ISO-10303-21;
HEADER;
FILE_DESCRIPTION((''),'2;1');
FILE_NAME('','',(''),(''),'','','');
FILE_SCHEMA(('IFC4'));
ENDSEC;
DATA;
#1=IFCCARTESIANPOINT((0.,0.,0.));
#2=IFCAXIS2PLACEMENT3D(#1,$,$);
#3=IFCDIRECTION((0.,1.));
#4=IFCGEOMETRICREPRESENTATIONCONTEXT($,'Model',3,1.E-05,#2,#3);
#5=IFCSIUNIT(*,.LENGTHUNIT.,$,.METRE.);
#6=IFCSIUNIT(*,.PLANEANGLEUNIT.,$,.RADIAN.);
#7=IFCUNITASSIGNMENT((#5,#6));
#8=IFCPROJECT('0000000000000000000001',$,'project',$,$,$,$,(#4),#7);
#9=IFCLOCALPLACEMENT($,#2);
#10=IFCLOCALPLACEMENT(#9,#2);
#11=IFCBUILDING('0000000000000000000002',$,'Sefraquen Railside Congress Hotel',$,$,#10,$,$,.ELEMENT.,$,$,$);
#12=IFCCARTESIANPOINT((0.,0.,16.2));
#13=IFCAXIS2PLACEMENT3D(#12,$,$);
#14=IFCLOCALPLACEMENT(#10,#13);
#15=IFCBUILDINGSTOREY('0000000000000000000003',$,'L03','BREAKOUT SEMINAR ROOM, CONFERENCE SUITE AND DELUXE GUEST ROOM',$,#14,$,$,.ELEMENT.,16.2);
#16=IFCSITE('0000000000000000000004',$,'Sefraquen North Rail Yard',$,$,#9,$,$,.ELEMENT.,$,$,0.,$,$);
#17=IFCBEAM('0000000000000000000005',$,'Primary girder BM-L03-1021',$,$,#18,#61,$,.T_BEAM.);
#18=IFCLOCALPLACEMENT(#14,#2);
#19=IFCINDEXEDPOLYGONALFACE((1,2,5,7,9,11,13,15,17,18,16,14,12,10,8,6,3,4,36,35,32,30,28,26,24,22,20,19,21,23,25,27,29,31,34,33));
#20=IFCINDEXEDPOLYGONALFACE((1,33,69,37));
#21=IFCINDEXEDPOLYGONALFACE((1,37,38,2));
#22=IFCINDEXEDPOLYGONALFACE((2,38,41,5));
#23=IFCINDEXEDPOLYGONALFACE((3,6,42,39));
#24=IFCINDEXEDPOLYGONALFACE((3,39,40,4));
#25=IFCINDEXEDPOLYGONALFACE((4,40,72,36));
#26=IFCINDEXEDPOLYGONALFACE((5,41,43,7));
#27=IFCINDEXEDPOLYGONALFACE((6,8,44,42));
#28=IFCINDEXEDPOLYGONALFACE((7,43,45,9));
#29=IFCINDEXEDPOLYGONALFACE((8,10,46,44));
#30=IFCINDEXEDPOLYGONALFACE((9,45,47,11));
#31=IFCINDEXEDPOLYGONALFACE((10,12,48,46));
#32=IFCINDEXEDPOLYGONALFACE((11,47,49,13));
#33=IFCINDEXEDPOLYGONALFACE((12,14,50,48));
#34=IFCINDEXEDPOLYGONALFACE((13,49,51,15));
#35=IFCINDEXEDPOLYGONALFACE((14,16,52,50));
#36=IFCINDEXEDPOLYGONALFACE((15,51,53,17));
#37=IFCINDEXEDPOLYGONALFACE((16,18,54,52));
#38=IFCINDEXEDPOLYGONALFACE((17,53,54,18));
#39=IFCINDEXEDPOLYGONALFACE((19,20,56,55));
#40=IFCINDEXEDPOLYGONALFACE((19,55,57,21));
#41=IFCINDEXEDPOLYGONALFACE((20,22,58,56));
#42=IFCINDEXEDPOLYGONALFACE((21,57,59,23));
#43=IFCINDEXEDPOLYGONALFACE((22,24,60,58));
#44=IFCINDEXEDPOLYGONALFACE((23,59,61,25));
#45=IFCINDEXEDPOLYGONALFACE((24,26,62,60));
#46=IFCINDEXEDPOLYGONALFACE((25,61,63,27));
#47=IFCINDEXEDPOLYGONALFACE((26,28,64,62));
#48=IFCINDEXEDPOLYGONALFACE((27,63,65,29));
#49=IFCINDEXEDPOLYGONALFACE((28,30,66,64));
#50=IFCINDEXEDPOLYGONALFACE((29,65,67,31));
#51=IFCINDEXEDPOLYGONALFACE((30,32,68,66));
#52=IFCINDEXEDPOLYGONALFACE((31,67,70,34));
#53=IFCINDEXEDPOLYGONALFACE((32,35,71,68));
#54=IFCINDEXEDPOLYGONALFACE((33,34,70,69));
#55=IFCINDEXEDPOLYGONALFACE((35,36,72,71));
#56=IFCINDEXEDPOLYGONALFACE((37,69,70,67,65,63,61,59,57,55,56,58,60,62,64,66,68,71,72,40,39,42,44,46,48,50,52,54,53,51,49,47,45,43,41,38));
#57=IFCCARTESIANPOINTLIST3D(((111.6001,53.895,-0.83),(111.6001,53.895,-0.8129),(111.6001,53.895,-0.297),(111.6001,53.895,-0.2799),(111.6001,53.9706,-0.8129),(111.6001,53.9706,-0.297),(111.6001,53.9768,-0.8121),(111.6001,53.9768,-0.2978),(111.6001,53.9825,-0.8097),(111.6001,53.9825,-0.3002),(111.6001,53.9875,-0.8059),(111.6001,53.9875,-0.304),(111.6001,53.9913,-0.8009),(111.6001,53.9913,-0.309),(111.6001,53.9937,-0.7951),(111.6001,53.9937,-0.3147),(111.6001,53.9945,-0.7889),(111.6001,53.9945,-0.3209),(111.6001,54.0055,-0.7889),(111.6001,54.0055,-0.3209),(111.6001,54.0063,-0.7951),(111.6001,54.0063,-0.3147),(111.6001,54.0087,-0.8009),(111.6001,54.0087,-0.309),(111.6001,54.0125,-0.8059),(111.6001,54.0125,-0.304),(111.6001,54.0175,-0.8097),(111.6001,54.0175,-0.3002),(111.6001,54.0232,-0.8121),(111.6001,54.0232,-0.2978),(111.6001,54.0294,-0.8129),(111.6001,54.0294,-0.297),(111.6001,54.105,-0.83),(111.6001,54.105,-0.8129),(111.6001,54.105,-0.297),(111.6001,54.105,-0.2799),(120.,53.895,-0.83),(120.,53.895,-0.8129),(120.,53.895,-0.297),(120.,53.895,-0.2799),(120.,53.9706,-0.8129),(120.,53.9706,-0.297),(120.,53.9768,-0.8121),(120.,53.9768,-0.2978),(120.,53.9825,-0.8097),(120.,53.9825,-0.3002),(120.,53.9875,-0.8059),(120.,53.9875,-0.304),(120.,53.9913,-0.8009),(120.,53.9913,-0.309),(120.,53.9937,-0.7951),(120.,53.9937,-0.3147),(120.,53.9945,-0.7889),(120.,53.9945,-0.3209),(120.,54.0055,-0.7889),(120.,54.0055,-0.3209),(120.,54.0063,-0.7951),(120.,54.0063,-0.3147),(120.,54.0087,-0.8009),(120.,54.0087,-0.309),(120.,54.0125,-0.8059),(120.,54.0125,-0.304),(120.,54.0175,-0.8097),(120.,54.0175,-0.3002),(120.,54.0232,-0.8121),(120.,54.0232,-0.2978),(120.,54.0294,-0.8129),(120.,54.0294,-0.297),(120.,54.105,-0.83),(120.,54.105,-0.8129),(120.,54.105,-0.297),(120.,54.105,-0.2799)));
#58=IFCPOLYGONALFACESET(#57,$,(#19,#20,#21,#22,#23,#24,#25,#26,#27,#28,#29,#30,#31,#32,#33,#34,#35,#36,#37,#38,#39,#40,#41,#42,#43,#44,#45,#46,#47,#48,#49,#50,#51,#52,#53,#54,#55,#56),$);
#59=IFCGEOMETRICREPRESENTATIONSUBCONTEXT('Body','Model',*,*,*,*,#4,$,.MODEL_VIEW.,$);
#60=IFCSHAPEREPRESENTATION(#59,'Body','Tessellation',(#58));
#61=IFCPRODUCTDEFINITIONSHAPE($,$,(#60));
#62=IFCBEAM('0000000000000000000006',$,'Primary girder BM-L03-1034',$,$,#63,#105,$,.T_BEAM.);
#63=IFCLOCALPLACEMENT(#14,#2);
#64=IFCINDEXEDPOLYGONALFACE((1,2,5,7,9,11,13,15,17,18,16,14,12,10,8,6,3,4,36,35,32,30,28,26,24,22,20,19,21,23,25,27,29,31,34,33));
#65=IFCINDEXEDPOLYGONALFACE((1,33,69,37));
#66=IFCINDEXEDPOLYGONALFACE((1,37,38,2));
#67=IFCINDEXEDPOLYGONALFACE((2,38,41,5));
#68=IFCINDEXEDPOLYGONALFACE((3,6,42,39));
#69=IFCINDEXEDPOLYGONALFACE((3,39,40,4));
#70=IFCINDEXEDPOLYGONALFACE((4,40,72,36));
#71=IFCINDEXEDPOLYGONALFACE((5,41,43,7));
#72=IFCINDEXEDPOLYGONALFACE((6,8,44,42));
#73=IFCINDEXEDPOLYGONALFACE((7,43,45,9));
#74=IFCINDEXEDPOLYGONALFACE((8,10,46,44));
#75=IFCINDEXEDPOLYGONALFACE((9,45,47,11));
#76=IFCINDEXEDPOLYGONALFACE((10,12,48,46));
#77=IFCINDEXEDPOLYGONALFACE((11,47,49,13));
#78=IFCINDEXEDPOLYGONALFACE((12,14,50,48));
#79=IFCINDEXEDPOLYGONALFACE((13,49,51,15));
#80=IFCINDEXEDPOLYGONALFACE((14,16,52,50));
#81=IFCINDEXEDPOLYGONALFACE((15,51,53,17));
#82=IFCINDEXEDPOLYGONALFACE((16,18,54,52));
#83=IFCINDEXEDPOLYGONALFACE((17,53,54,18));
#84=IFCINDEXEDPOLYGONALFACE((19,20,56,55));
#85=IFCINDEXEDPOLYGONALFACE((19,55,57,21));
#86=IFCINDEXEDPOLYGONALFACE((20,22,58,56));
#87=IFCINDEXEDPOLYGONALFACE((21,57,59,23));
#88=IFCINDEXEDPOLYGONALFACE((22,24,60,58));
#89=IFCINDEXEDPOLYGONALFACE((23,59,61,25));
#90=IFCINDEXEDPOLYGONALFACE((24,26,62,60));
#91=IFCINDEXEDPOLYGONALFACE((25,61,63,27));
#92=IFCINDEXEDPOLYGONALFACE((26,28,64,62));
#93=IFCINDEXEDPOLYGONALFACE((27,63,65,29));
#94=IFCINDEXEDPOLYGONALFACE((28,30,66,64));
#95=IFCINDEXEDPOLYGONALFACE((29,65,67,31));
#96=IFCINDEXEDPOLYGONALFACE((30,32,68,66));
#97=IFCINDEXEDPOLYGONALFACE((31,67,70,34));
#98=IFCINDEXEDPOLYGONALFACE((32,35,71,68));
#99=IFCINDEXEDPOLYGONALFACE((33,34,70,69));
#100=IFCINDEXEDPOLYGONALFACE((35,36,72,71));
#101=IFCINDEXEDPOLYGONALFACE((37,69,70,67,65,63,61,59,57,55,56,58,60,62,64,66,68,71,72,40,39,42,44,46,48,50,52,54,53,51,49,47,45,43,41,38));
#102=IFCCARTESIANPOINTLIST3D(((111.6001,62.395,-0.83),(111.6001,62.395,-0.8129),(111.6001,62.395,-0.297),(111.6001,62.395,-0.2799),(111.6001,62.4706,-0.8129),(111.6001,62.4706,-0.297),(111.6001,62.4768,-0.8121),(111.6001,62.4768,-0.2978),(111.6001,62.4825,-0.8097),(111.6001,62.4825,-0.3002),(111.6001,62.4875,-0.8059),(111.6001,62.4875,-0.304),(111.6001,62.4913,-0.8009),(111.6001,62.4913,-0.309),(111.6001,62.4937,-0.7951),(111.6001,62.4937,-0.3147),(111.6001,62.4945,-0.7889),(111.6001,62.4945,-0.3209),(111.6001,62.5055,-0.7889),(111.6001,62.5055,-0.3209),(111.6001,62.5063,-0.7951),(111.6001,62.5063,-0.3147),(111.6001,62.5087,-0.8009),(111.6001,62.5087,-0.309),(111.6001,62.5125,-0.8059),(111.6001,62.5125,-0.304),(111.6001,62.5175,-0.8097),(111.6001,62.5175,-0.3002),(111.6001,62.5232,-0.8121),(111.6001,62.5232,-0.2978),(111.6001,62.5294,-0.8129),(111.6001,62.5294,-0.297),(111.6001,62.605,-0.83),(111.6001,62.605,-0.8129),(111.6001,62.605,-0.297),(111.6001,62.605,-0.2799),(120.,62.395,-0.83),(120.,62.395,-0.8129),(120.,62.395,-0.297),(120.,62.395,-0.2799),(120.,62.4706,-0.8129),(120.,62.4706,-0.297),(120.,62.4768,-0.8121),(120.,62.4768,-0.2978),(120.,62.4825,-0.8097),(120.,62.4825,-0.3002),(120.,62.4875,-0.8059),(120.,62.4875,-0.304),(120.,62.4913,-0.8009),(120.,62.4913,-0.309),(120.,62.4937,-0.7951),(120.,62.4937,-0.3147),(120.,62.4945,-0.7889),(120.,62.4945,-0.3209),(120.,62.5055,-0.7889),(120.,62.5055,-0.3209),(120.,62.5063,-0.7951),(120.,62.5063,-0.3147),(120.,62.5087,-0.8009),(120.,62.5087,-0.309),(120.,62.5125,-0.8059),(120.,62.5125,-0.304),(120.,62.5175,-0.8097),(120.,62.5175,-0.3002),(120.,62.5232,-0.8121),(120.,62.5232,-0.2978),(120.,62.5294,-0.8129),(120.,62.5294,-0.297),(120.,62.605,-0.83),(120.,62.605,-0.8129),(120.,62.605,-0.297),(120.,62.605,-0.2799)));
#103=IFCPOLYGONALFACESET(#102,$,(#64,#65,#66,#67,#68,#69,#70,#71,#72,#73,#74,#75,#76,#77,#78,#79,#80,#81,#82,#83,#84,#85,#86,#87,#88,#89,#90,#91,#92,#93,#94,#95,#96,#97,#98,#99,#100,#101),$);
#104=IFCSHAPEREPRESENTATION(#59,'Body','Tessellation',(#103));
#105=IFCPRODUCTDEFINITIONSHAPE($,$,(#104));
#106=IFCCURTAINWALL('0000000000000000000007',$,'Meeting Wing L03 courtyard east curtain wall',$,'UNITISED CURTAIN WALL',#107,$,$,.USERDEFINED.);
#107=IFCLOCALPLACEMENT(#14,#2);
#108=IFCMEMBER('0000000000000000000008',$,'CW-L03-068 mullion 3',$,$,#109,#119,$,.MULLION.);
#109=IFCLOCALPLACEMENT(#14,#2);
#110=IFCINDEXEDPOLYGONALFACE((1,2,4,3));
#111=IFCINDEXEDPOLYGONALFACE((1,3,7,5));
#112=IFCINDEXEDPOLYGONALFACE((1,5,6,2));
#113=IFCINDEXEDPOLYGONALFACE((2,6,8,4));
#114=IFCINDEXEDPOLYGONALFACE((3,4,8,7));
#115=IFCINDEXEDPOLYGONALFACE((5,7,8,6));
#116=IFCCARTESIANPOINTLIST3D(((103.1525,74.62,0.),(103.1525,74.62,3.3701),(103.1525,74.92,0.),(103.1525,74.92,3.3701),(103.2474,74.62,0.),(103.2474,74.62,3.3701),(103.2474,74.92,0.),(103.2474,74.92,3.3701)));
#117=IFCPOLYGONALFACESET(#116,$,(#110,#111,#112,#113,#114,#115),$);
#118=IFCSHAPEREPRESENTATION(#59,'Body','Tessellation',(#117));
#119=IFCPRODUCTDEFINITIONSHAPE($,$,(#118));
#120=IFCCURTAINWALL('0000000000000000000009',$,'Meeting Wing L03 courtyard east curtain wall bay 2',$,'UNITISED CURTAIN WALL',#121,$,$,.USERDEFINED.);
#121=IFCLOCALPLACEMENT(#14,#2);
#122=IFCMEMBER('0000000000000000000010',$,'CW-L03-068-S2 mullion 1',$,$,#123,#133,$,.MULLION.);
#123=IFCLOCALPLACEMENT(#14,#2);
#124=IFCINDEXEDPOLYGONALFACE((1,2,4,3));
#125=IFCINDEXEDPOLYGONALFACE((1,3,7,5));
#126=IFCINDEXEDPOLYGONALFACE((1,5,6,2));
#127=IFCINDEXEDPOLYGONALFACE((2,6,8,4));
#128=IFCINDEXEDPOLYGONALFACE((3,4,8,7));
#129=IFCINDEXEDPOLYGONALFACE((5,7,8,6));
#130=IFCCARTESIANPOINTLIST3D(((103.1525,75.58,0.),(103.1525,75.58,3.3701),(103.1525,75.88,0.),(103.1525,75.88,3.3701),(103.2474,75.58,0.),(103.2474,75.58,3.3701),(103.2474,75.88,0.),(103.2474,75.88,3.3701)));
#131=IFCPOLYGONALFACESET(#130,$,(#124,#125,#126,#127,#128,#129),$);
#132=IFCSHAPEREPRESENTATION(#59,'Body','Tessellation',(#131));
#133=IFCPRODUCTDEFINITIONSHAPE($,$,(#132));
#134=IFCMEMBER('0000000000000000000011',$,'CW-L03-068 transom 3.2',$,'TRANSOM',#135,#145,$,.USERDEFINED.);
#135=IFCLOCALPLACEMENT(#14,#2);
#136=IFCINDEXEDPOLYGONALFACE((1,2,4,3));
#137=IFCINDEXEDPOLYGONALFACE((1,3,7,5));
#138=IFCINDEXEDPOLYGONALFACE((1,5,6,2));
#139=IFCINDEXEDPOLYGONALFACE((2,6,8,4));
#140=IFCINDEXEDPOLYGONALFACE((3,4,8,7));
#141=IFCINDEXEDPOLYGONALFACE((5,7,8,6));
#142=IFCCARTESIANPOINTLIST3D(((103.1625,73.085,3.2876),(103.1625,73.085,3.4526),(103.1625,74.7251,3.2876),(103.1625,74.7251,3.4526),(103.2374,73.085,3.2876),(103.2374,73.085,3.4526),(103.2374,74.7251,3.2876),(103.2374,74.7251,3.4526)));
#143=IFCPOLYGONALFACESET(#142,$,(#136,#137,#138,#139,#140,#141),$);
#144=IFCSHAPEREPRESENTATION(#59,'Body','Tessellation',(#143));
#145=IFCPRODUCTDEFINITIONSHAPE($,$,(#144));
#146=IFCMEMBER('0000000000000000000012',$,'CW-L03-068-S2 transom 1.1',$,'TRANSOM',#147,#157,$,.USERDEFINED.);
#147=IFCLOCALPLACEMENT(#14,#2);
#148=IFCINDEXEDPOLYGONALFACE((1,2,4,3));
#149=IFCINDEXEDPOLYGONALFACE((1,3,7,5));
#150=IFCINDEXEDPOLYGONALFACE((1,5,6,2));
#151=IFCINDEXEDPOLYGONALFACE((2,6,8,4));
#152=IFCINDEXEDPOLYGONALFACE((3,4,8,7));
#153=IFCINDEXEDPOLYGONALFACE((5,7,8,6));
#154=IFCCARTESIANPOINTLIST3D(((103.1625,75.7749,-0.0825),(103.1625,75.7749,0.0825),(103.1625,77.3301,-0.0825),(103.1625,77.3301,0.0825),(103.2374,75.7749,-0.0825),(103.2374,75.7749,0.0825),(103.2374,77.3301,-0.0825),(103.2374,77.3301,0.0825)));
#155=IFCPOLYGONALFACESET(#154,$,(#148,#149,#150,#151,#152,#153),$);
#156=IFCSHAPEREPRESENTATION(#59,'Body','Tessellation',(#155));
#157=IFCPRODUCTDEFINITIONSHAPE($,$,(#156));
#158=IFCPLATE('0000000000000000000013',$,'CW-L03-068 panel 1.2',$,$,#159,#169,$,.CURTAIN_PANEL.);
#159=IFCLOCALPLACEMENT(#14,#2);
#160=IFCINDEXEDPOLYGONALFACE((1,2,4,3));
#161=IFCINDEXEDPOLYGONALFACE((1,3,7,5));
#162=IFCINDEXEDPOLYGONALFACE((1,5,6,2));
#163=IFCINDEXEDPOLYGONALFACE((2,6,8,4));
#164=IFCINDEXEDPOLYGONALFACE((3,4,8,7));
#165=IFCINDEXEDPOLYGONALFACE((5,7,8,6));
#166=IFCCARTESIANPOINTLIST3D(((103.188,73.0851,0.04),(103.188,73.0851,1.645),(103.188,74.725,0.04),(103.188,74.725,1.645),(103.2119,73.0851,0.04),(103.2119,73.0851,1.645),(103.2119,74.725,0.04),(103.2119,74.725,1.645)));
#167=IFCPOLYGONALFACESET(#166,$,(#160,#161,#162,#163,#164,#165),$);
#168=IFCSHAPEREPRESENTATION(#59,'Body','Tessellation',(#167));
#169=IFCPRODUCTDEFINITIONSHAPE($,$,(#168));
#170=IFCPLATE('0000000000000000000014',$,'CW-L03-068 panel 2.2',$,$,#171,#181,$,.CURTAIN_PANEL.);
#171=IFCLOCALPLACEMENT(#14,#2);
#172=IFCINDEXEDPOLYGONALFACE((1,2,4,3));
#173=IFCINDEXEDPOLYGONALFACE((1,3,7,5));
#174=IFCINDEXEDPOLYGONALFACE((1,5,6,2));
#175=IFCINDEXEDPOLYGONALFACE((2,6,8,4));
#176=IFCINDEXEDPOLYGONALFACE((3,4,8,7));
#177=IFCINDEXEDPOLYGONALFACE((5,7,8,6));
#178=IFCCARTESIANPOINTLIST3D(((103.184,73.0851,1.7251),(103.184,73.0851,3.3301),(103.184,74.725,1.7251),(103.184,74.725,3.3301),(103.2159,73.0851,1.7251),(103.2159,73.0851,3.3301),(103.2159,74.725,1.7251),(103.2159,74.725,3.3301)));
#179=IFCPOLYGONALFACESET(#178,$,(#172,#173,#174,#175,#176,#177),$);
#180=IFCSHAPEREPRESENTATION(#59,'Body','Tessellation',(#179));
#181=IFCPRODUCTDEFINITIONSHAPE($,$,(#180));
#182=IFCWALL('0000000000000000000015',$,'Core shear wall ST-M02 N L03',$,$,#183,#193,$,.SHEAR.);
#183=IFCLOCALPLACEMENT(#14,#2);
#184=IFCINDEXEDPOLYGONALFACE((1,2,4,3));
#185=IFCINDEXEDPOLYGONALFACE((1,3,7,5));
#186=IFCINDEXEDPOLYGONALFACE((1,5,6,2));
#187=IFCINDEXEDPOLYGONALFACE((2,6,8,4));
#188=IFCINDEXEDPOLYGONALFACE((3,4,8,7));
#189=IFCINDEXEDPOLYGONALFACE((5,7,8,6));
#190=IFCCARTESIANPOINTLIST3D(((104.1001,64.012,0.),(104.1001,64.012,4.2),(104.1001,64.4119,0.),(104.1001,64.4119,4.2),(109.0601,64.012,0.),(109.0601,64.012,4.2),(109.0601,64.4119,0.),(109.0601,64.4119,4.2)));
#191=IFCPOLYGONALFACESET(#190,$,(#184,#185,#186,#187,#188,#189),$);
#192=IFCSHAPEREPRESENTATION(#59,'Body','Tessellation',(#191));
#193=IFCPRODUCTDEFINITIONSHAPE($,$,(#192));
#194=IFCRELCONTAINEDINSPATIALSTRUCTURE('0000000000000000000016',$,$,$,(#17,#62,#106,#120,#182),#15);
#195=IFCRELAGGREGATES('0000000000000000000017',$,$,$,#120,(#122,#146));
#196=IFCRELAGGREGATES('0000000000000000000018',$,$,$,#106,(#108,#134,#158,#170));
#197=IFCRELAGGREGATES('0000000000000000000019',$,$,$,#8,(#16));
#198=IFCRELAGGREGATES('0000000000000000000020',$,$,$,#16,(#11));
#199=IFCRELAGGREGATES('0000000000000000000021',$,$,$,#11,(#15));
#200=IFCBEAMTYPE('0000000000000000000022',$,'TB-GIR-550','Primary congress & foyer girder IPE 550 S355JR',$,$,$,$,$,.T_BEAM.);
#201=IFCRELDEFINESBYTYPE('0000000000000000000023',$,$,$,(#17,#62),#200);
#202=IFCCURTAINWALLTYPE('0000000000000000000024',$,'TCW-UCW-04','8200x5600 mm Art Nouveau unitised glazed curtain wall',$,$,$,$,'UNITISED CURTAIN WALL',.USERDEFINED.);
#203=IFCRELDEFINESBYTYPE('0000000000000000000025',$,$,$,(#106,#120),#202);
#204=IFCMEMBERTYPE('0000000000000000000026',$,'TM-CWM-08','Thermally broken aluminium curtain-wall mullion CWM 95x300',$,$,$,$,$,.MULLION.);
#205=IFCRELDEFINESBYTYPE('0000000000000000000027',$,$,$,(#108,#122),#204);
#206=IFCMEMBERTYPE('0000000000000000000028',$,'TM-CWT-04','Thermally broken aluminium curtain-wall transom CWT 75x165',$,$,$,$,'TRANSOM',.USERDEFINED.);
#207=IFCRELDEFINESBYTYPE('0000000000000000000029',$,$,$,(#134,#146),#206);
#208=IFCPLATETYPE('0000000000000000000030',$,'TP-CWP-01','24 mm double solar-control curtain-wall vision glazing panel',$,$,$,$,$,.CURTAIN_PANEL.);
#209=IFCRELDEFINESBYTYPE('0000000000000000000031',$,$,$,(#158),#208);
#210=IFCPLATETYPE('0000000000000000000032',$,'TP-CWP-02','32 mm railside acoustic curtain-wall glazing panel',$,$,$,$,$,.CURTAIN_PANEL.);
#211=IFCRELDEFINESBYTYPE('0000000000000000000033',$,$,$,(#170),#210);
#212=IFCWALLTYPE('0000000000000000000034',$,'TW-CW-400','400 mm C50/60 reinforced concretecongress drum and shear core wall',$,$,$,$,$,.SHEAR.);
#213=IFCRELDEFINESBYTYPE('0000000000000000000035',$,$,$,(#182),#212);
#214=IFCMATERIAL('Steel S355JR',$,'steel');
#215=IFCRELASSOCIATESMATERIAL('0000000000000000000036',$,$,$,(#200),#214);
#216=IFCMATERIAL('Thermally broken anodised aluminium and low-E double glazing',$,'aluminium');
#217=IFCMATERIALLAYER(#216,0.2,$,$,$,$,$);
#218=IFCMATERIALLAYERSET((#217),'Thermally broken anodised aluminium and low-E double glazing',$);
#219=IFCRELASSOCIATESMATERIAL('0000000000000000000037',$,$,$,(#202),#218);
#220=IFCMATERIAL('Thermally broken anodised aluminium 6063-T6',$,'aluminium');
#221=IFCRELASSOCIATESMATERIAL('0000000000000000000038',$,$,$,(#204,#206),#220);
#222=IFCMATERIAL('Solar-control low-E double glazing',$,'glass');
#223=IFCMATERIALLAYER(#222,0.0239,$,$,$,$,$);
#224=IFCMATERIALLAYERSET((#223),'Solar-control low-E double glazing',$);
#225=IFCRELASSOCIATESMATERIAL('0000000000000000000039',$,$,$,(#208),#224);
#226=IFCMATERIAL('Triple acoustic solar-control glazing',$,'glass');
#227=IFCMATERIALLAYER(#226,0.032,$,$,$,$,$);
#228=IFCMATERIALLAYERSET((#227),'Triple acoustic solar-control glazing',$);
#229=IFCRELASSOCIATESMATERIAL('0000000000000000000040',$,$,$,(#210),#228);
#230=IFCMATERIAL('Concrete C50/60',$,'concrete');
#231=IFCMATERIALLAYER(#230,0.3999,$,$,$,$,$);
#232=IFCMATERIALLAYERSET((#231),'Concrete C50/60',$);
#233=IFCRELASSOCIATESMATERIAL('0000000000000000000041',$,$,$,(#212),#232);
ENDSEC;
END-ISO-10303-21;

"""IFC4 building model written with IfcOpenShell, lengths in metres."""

from ifc_helpers import new_model, si_unit, direction, frame, frame_2d, origin, origin_2d, place, context, subcontext, project, spatial, rectangle, i_section, extrude, material, layer, layer_set, material_profile, profile_set, type_object, element, aggregate, save


model = new_model("IFC4")

# Units and contexts
model_context = context("Model", 3, precision=1e-05, world=origin(), true_north=direction((0.0, 1.0)))
body_context = subcontext(model_context, "Body", "Model", "MODEL_VIEW")
ifc_project = project(units=[si_unit("LENGTHUNIT", "METRE"), si_unit("PLANEANGLEUNIT", "RADIAN")], contexts=[model_context])

# Site, building, storey
site_placement = place(None, origin())
site = spatial("IfcSite", under=ifc_project, at=site_placement, Name="Sefraquen North Rail Yard", CompositionType="ELEMENT", RefElevation=0.0)
building_placement = place(site_placement, origin())
building = spatial("IfcBuilding", under=site, at=building_placement, Name="Sefraquen Railside Congress Hotel", CompositionType="ELEMENT")
storey_placement = place(building_placement, frame((0.0, 0.0, 16.2)))
storey = spatial("IfcBuildingStorey", under=building, at=storey_placement, Name="L03", Description="BREAKOUT SEMINAR ROOM, CONFERENCE SUITE AND DELUXE GUEST ROOM", CompositionType="ELEMENT", Elevation=16.2)

# Shared definitions
ifc_material_1 = material(Name="Steel S355JR", Category="steel")
ifc_material_2 = material(Name="Concrete C50/60", Category="concrete")

# Beams
ifc_material_profile_1 = material_profile(ifc_material_1, i_section(OverallWidth=0.21, OverallDepth=0.55, WebThickness=0.011, FlangeThickness=0.0171, FilletRadius=0.0239, at=origin_2d()), Name="IPE 550")
ifc_profile_set_1 = profile_set([ifc_material_profile_1], Name="Steel S355JR")
beam_type_1 = type_object("IfcBeamType", Name="TB-GIR-550", Description="Primary congress & foyer girder IPE 550 S355JR", PredefinedType="T_BEAM", material=ifc_profile_set_1)
for number, where, z_axis, x_axis, name in (
    (1, (111.6001, 54.0, -0.5549), (1.0, 0.0, 0.0), (0.0, 1.0, 0.0), "Primary girder BM-L03-1021"),
    (2, (111.6001, 62.5, -0.5549), (1.0, 0.0, 0.0), (0.0, 1.0, 0.0), "Primary girder BM-L03-1034"),
):
    element("IfcBeam", number, at=place(storey_placement, frame(where, z_axis=z_axis, x_axis=x_axis)), inside=storey, type_object=beam_type_1, Name=name, PredefinedType="T_BEAM", context=body_context, shape_type="SweptSolid", body=[
        extrude(i_section(OverallWidth=0.21, OverallDepth=0.55, WebThickness=0.011, FlangeThickness=0.0171, FilletRadius=0.0239, at=origin_2d()), origin(), (0.0, 0.0, 1.0), 8.3999),
    ])

# Curtain walls, members
ifc_material_3 = material(Name="Thermally broken anodised aluminium and low-E double glazing", Category="aluminium")
ifc_layer_1 = layer(ifc_material_3, 0.2)
ifc_layer_set_1 = layer_set([ifc_layer_1], Name="Thermally broken anodised aluminium and low-E double glazing")
curtain_wall_type = type_object("IfcCurtainWallType", Name="TCW-UCW-04", Description="8200x5600 mm Art Nouveau unitised glazed curtain wall", ElementType="UNITISED CURTAIN WALL", PredefinedType="USERDEFINED", material=ifc_layer_set_1)
curtain_wall_1_placement = place(storey_placement, origin())
curtain_wall_1 = element("IfcCurtainWall", 3, at=curtain_wall_1_placement, inside=storey, type_object=curtain_wall_type, Name="Meeting Wing L03 courtyard east curtain wall", ObjectType="UNITISED CURTAIN WALL", PredefinedType="USERDEFINED")
ifc_material_4 = material(Name="Thermally broken anodised aluminium 6063-T6", Category="aluminium")
ifc_material_profile_2 = material_profile(ifc_material_4, rectangle(XDim=0.095, YDim=0.3, at=origin_2d()), Name="CWM 95x300")
ifc_profile_set_2 = profile_set([ifc_material_profile_2], Name="Thermally broken anodised aluminium 6063-T6")
member_type_1 = type_object("IfcMemberType", Name="TM-CWM-08", Description="Thermally broken aluminium curtain-wall mullion CWM 95x300", PredefinedType="MULLION", material=ifc_profile_set_2)
member_1_placement = place(storey_placement, frame((103.2, 74.77, 0.0), z_axis=(0.0, 0.0, 1.0), x_axis=(1.0, 0.0, 0.0)))
member_1 = element("IfcMember", 4, at=member_1_placement, type_object=member_type_1, Name="CW-L03-068 mullion 3", PredefinedType="MULLION", context=body_context, shape_type="SweptSolid", body=[
    extrude(rectangle(XDim=0.095, YDim=0.3, at=origin_2d()), origin(), (0.0, 0.0, 1.0), 3.3701),
])
curtain_wall_2_placement = place(storey_placement, origin())
curtain_wall_2 = element("IfcCurtainWall", 5, at=curtain_wall_2_placement, inside=storey, type_object=curtain_wall_type, Name="Meeting Wing L03 courtyard east curtain wall bay 2", ObjectType="UNITISED CURTAIN WALL", PredefinedType="USERDEFINED")
member_2_placement = place(storey_placement, frame((103.2, 75.73, 0.0), z_axis=(0.0, 0.0, 1.0), x_axis=(1.0, 0.0, 0.0)))
member_2 = element("IfcMember", 6, at=member_2_placement, type_object=member_type_1, Name="CW-L03-068-S2 mullion 1", PredefinedType="MULLION", context=body_context, shape_type="SweptSolid", body=[
    extrude(rectangle(XDim=0.095, YDim=0.3, at=origin_2d()), origin(), (0.0, 0.0, 1.0), 3.3701),
])

# Members
ifc_material_profile_3 = material_profile(ifc_material_4, rectangle(XDim=0.075, YDim=0.165, at=origin_2d()), Name="CWT 75x165")
ifc_profile_set_3 = profile_set([ifc_material_profile_3], Name="Thermally broken anodised aluminium 6063-T6")
member_type_2 = type_object("IfcMemberType", Name="TM-CWT-04", Description="Thermally broken aluminium curtain-wall transom CWT 75x165", ElementType="TRANSOM", PredefinedType="USERDEFINED", material=ifc_profile_set_3)
member_3_placement = place(storey_placement, frame((103.2, 73.085, 3.3701), z_axis=(0.0, 1.0, 0.0), x_axis=(-1.0, 0.0, 0.0)))
member_3 = element("IfcMember", 7, at=member_3_placement, type_object=member_type_2, Name="CW-L03-068 transom 3.2", ObjectType="TRANSOM", PredefinedType="USERDEFINED", context=body_context, shape_type="SweptSolid", body=[
    extrude(rectangle(XDim=0.075, YDim=0.165, at=origin_2d()), origin(), (0.0, 0.0, 1.0), 1.6401),
])
member_4_placement = place(storey_placement, frame((103.2, 75.7749, 0.0), z_axis=(0.0, 1.0, 0.0), x_axis=(-1.0, 0.0, 0.0)))
member_4 = element("IfcMember", 8, at=member_4_placement, type_object=member_type_2, Name="CW-L03-068-S2 transom 1.1", ObjectType="TRANSOM", PredefinedType="USERDEFINED", context=body_context, shape_type="SweptSolid", body=[
    extrude(rectangle(XDim=0.075, YDim=0.165, at=origin_2d()), origin(), (0.0, 0.0, 1.0), 1.5552),
])
aggregate(curtain_wall_2, [member_2, member_4])

# Plates
ifc_material_5 = material(Name="Solar-control low-E double glazing", Category="glass")
ifc_layer_2 = layer(ifc_material_5, 0.0239)
ifc_layer_set_2 = layer_set([ifc_layer_2], Name="Solar-control low-E double glazing")
plate_type_1 = type_object("IfcPlateType", Name="TP-CWP-01", Description="24 mm double solar-control curtain-wall vision glazing panel", PredefinedType="CURTAIN_PANEL", material=ifc_layer_set_2)
plate_1_placement = place(storey_placement, frame((103.2, 73.905, 0.04), z_axis=(0.0, 0.0, 1.0), x_axis=(0.0, 1.0, 0.0)))
plate_1 = element("IfcPlate", 9, at=plate_1_placement, type_object=plate_type_1, Name="CW-L03-068 panel 1.2", PredefinedType="CURTAIN_PANEL", context=body_context, shape_type="SweptSolid", body=[
    extrude(rectangle(XDim=1.6399, YDim=0.0239, at=origin_2d()), origin(), (0.0, 0.0, 1.0), 1.605),
])
ifc_material_6 = material(Name="Triple acoustic solar-control glazing", Category="glass")
ifc_layer_3 = layer(ifc_material_6, 0.032)
ifc_layer_set_3 = layer_set([ifc_layer_3], Name="Triple acoustic solar-control glazing")
plate_type_2 = type_object("IfcPlateType", Name="TP-CWP-02", Description="32 mm railside acoustic curtain-wall glazing panel", PredefinedType="CURTAIN_PANEL", material=ifc_layer_set_3)
plate_2_placement = place(storey_placement, frame((103.2, 73.905, 1.7251), z_axis=(0.0, 0.0, 1.0), x_axis=(0.0, 1.0, 0.0)))
plate_2 = element("IfcPlate", 10, at=plate_2_placement, type_object=plate_type_2, Name="CW-L03-068 panel 2.2", PredefinedType="CURTAIN_PANEL", context=body_context, shape_type="SweptSolid", body=[
    extrude(rectangle(XDim=1.6399, YDim=0.032, at=origin_2d()), origin(), (0.0, 0.0, 1.0), 1.605),
])
aggregate(curtain_wall_1, [member_1, member_3, plate_1, plate_2])

# Wall
ifc_layer_4 = layer(ifc_material_2, 0.3999)
ifc_layer_set_4 = layer_set([ifc_layer_4], Name="Concrete C50/60")
wall_type_1 = type_object("IfcWallType", Name="TW-CW-400", Description="400 mm C50/60 reinforced concretecongress drum and shear core wall", PredefinedType="SHEAR", material=ifc_layer_set_4)
for number, where, z_axis, x_axis, name in (
    (11, (104.1001, 64.2119, 0.0), (0.0, 0.0, 1.0), (1.0, 0.0, 0.0), "Core shear wall ST-M02 N L03"),
):
    element("IfcWall", number, at=place(storey_placement, frame(where, z_axis=z_axis, x_axis=x_axis)), inside=storey, type_object=wall_type_1, Name=name, PredefinedType="SHEAR", context=body_context, shape_type="SweptSolid", body=[
        extrude(rectangle(XDim=4.96, YDim=0.3999, at=frame_2d((2.48, 0.0))), origin(), (0.0, 0.0, 1.0), 4.2),
    ])

save(model, "model.ifc")
